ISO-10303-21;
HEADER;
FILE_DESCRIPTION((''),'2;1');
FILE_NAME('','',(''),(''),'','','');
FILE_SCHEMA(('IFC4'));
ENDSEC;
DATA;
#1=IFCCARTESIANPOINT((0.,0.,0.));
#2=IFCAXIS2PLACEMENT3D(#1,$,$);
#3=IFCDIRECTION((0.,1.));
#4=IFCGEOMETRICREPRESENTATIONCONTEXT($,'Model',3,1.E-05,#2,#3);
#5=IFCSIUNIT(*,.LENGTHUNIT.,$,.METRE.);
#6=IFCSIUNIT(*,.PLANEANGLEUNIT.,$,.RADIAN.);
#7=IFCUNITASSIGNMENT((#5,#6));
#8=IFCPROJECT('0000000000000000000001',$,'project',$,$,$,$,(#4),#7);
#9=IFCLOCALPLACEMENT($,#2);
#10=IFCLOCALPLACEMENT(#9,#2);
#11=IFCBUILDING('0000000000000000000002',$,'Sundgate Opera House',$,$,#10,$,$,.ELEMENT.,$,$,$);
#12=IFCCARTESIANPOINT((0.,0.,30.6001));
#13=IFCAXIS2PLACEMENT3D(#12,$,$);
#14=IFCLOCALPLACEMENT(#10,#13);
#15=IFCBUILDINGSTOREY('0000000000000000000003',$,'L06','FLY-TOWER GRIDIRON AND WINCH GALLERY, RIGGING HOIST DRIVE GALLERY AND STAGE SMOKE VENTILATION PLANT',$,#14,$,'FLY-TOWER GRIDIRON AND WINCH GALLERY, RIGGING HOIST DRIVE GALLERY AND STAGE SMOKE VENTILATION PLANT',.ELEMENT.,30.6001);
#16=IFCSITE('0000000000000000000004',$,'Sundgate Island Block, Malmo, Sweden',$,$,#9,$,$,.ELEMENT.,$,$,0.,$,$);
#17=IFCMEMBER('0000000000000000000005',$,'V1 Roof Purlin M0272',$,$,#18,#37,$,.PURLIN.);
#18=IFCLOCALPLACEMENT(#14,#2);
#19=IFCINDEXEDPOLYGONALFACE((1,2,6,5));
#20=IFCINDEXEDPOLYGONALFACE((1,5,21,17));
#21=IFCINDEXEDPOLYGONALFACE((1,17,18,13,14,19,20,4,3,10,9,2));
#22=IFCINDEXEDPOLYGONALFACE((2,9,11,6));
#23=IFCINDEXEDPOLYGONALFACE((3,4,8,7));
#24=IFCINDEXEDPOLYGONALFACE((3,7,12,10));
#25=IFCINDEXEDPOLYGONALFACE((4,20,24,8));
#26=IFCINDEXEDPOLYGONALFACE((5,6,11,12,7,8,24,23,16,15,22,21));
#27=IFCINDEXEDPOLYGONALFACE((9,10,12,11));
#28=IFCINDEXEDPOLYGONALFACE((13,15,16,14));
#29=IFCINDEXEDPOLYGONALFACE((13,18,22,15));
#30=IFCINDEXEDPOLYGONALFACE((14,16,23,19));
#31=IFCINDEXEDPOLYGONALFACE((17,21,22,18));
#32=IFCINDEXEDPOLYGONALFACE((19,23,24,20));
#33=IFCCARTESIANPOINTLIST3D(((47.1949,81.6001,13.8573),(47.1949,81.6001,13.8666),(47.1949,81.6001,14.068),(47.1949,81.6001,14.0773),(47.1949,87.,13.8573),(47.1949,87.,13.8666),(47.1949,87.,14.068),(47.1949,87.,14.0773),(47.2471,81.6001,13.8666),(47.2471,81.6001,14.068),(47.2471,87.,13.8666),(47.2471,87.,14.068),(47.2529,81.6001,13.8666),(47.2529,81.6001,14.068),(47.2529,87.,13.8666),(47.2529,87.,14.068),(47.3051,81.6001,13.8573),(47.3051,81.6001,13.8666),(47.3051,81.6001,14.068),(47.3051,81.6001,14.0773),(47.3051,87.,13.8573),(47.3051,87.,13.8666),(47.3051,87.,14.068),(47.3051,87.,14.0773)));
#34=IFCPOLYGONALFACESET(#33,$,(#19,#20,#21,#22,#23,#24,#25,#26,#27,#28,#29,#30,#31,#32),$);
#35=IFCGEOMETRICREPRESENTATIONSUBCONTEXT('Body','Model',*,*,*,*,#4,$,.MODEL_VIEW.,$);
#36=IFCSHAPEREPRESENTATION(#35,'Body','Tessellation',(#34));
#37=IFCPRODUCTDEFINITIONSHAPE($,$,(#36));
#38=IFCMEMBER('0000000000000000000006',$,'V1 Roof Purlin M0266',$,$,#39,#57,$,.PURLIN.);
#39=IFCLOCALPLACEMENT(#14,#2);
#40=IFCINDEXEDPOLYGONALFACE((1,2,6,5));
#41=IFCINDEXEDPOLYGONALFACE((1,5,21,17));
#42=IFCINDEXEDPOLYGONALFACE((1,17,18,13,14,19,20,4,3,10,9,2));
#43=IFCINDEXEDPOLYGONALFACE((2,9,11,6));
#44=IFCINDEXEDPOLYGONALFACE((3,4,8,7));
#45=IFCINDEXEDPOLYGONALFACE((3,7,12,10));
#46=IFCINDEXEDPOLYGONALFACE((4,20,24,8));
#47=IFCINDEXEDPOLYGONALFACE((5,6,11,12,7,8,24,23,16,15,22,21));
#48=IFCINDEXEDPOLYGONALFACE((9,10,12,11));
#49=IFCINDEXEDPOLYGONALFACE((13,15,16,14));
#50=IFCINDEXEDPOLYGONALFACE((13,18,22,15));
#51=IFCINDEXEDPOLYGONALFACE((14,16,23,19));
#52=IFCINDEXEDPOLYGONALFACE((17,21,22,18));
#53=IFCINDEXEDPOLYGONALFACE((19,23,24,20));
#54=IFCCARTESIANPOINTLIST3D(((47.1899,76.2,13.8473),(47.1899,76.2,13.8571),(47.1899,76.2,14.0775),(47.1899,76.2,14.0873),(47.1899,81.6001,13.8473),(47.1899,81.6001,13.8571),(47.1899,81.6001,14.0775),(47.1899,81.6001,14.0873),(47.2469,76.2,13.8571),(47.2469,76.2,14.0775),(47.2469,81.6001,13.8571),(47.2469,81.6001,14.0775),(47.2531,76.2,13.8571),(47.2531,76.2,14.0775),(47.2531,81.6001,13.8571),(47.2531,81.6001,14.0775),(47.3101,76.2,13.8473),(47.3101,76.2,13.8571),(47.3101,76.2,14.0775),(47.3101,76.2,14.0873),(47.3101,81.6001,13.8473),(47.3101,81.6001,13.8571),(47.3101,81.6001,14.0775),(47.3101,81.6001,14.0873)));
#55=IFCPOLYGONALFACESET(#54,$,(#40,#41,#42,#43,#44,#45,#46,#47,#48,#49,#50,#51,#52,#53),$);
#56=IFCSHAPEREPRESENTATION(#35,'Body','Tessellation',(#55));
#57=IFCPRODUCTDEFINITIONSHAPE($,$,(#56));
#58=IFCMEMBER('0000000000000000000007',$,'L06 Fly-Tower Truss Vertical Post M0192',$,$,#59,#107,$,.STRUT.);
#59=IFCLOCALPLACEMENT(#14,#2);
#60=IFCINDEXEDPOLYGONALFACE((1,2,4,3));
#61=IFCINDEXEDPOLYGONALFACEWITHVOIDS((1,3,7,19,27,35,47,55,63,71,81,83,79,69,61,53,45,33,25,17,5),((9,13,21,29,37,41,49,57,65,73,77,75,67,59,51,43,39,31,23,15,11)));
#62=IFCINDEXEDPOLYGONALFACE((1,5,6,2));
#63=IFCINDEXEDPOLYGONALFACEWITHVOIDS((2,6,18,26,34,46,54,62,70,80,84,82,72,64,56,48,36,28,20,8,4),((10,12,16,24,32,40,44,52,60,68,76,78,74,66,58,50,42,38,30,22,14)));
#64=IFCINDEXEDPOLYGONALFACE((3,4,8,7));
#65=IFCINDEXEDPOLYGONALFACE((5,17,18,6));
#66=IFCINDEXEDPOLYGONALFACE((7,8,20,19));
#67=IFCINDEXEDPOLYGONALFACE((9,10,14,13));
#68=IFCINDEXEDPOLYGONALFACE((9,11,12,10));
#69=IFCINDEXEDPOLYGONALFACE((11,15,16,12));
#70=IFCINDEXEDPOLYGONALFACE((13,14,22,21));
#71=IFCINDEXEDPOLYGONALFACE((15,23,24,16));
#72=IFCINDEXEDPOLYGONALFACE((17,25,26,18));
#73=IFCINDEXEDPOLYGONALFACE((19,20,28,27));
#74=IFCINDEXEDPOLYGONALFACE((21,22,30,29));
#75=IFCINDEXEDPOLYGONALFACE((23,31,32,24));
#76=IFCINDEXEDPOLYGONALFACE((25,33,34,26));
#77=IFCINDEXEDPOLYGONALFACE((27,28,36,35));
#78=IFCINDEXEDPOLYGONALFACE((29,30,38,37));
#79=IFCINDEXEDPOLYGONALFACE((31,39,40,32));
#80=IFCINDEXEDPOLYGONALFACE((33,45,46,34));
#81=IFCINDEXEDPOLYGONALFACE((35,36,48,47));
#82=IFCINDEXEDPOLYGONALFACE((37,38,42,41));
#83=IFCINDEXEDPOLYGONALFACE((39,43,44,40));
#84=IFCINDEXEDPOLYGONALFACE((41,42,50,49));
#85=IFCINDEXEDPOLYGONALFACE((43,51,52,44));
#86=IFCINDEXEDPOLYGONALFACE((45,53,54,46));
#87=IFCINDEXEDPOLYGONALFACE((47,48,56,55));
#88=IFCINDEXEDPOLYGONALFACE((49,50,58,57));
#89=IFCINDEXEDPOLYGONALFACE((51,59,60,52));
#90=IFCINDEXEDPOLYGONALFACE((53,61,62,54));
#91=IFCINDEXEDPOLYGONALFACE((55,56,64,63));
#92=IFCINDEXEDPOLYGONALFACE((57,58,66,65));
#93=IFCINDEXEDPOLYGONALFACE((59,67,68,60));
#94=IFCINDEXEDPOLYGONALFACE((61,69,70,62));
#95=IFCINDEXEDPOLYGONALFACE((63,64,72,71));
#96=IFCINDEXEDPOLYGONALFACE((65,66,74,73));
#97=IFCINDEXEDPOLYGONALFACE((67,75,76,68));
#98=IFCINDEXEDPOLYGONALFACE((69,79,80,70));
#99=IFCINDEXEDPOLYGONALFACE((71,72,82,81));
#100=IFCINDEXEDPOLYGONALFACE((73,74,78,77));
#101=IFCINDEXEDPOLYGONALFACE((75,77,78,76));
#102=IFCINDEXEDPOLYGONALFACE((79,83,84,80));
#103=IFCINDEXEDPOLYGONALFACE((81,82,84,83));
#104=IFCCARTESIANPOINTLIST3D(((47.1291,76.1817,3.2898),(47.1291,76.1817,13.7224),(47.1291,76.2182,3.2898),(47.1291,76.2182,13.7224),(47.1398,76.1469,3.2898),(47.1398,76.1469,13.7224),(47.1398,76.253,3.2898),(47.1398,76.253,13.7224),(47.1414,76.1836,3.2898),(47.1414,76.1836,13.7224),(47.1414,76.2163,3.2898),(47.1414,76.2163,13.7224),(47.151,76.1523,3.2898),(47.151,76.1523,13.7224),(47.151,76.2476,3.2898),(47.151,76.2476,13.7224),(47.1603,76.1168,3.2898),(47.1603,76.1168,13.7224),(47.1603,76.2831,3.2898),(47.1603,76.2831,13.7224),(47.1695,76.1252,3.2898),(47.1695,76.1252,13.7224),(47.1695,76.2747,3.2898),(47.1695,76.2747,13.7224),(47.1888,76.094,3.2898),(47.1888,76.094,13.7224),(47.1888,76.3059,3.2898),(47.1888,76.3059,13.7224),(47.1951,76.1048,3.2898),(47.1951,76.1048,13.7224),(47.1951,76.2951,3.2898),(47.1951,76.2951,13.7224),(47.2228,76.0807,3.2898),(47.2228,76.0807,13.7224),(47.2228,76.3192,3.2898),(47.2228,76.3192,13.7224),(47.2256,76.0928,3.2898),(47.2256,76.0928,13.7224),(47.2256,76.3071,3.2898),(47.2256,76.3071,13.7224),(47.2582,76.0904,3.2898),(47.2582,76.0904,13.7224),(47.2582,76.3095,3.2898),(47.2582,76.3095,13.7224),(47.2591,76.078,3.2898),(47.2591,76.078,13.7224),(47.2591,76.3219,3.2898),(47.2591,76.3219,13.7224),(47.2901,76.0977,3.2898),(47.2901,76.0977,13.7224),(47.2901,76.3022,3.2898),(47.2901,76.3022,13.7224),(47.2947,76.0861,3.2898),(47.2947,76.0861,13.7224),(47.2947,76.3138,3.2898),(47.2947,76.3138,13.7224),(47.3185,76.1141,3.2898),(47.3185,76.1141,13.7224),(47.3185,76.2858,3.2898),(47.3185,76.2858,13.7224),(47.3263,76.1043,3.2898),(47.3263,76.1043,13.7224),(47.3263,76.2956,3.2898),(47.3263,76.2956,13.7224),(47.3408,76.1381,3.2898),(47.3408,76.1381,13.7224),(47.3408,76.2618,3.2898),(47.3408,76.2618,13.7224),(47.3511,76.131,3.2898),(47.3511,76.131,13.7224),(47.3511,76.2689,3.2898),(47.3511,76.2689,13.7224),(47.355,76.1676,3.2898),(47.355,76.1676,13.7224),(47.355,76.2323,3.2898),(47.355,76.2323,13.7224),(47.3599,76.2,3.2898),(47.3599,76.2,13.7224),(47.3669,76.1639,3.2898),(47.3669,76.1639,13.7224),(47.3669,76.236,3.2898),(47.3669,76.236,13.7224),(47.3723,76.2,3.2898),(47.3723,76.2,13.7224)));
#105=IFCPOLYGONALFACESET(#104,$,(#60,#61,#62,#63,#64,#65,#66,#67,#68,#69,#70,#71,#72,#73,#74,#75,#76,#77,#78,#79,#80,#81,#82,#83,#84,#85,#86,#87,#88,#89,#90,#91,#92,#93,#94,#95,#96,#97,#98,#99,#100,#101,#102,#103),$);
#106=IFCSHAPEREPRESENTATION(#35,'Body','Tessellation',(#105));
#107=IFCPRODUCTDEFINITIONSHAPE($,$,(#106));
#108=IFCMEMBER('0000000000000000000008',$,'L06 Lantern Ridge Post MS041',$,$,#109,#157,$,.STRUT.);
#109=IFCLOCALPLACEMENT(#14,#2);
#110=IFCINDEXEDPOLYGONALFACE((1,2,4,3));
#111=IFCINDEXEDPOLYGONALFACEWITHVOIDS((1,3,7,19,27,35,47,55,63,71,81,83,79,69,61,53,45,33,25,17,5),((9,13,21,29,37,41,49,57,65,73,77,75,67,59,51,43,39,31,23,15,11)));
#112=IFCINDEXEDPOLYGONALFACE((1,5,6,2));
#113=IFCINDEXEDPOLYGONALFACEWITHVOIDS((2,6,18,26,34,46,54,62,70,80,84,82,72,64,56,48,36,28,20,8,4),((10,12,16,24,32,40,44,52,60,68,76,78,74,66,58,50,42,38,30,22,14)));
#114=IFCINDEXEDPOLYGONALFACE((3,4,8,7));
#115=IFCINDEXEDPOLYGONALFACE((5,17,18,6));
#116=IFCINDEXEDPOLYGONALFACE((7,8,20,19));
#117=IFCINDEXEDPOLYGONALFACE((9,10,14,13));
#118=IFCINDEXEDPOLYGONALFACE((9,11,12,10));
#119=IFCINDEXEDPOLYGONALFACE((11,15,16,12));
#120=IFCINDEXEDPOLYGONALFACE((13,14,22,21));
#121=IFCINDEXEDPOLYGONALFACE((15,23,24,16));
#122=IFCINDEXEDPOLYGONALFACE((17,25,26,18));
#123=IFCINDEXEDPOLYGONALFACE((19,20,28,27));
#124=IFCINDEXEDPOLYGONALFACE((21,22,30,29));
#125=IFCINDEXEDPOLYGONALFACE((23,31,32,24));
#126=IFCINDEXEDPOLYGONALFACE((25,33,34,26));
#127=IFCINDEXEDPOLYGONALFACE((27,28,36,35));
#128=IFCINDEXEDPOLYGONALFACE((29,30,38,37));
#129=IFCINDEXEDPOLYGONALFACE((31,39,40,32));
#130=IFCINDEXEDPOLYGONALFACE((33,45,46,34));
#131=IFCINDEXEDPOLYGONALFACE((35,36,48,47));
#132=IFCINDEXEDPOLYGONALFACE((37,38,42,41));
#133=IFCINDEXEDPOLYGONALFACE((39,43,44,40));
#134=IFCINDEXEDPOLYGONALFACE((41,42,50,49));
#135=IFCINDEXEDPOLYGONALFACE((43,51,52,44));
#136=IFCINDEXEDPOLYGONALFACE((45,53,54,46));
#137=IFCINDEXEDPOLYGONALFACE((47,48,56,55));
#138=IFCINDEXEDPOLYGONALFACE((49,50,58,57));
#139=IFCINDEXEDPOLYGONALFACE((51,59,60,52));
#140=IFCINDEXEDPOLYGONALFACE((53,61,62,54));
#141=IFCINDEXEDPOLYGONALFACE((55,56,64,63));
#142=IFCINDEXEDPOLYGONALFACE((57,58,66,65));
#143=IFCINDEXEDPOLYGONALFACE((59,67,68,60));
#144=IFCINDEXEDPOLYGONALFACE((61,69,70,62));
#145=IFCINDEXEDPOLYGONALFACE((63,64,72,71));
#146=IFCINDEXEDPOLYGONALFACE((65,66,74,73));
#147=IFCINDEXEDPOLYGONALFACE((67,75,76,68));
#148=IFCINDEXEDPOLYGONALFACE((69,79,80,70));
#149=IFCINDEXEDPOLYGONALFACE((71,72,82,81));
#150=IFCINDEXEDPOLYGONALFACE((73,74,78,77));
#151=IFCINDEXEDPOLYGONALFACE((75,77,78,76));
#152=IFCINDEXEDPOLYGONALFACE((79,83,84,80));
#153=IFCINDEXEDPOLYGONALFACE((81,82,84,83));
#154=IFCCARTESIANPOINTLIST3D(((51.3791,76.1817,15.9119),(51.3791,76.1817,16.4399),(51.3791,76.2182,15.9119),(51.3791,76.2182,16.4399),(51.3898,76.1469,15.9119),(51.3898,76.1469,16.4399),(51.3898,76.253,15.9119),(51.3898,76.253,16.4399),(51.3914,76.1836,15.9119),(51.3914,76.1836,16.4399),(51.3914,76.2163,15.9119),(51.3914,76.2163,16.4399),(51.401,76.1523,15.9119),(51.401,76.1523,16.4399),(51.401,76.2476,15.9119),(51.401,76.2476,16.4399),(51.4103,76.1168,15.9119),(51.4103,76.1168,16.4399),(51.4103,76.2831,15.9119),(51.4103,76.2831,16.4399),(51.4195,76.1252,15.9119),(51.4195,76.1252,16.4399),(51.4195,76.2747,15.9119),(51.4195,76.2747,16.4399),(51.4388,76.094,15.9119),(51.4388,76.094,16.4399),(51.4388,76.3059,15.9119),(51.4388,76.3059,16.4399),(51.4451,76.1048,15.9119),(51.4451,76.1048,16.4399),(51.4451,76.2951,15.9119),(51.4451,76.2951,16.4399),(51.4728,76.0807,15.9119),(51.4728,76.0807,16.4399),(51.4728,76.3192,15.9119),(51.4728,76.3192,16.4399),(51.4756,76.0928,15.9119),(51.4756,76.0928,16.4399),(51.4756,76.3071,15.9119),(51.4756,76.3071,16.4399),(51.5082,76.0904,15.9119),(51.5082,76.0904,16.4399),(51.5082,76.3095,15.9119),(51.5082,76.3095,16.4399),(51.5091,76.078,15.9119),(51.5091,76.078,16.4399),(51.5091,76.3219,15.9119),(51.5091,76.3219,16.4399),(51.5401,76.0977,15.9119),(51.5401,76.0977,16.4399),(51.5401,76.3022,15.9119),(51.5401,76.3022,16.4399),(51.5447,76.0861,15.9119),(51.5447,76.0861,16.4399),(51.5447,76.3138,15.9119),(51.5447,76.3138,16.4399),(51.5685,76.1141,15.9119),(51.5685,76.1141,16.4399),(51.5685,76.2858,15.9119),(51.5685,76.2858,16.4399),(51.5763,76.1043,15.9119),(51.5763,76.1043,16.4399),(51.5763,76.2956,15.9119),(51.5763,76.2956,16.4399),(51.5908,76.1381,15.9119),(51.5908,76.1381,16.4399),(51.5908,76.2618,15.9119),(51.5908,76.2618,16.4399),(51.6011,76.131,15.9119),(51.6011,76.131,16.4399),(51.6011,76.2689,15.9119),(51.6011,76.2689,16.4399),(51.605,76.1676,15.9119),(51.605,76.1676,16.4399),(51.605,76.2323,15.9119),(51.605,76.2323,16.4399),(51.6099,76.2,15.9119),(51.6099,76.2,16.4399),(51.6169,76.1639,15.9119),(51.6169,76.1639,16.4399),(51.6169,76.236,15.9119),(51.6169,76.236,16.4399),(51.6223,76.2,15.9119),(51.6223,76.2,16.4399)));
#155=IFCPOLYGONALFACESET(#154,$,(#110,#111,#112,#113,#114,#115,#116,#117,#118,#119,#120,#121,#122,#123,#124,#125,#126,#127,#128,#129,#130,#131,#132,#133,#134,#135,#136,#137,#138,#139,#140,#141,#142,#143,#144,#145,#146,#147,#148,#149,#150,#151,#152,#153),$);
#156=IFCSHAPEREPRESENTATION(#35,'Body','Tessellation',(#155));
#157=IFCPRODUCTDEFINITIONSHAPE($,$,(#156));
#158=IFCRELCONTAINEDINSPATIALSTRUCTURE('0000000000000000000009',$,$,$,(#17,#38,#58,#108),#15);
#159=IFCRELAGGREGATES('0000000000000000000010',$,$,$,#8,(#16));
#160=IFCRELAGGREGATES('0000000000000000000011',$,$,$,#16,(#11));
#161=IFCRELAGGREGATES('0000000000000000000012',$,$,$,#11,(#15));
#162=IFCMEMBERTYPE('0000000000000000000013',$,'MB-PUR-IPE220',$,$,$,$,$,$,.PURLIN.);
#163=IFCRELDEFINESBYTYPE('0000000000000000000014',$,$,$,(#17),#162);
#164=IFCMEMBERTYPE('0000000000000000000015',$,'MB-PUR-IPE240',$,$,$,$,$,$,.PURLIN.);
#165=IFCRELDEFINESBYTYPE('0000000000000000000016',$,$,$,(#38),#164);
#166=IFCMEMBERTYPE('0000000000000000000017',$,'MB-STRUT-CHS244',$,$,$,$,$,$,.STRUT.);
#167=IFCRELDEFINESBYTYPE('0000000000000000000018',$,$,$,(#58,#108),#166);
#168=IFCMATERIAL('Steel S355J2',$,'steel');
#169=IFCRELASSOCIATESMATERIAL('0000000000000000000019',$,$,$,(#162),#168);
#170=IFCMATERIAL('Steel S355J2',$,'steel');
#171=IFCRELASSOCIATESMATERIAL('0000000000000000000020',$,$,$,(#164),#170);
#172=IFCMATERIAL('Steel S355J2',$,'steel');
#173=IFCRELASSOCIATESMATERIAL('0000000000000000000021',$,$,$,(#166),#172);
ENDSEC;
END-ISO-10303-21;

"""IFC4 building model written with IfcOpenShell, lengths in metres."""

from ifc_helpers import new_model, si_unit, direction, frame, origin, origin_2d, place, context, subcontext, project, spatial, hollow_circle, i_section, extrude, material, material_profile, profile_set, type_object, element, save


model = new_model("IFC4")

# Units and contexts
model_context = context("Model", 3, precision=1e-05, world=origin(), true_north=direction((0.0, 1.0)))
body_context = subcontext(model_context, "Body", "Model", "MODEL_VIEW")
ifc_project = project(units=[si_unit("LENGTHUNIT", "METRE"), si_unit("PLANEANGLEUNIT", "RADIAN")], contexts=[model_context])

# Site, building, storey
site_placement = place(None, origin())
site = spatial("IfcSite", under=ifc_project, at=site_placement, Name="Sundgate Island Block, Malmo, Sweden", CompositionType="ELEMENT", RefElevation=0.0)
building_placement = place(site_placement, origin())
building = spatial("IfcBuilding", under=site, at=building_placement, Name="Sundgate Opera House", CompositionType="ELEMENT")
storey_placement = place(building_placement, frame((0.0, 0.0, 30.6001)))
storey = spatial("IfcBuildingStorey", under=building, at=storey_placement, Name="L06", Description="FLY-TOWER GRIDIRON AND WINCH GALLERY, RIGGING HOIST DRIVE GALLERY AND STAGE SMOKE VENTILATION PLANT", LongName="FLY-TOWER GRIDIRON AND WINCH GALLERY, RIGGING HOIST DRIVE GALLERY AND STAGE SMOKE VENTILATION PLANT", CompositionType="ELEMENT", Elevation=30.6001)

# Members
ifc_material_1 = material(Name="Steel S355J2", Category="steel")
ifc_material_profile_1 = material_profile(ifc_material_1, i_section(OverallWidth=0.1101, OverallDepth=0.22, WebThickness=0.0059, FlangeThickness=0.0093, at=origin_2d()), Name="IPE 220")
ifc_profile_set_1 = profile_set([ifc_material_profile_1], Name="Steel S355J2")
member_type_1 = type_object("IfcMemberType", Name="MB-PUR-IPE220", PredefinedType="PURLIN", material=ifc_profile_set_1)
member_1_placement = place(storey_placement, frame((47.25, 81.6001, 13.9673), z_axis=(0.0, 1.0, 0.0), x_axis=(-1.0, 0.0, 0.0)))
element("IfcMember", 1, at=member_1_placement, inside=storey, type_object=member_type_1, Name="V1 Roof Purlin M0272", PredefinedType="PURLIN", context=body_context, shape_type="SweptSolid", body=[
    extrude(i_section(OverallWidth=0.1101, OverallDepth=0.22, WebThickness=0.0059, FlangeThickness=0.0093, at=origin_2d()), origin(), (0.0, 0.0, 1.0), 5.3999),
])
ifc_material_2 = material(Name="Steel S355J2", Category="steel")
ifc_material_profile_2 = material_profile(ifc_material_2, i_section(OverallWidth=0.1201, OverallDepth=0.24, WebThickness=0.0061, FlangeThickness=0.0098, at=origin_2d()), Name="IPE 240")
ifc_profile_set_2 = profile_set([ifc_material_profile_2], Name="Steel S355J2")
member_type_2 = type_object("IfcMemberType", Name="MB-PUR-IPE240", PredefinedType="PURLIN", material=ifc_profile_set_2)
member_2_placement = place(storey_placement, frame((47.25, 76.2, 13.9673), z_axis=(0.0, 1.0, 0.0), x_axis=(-1.0, 0.0, 0.0)))
element("IfcMember", 2, at=member_2_placement, inside=storey, type_object=member_type_2, Name="V1 Roof Purlin M0266", PredefinedType="PURLIN", context=body_context, shape_type="SweptSolid", body=[
    extrude(i_section(OverallWidth=0.1201, OverallDepth=0.24, WebThickness=0.0061, FlangeThickness=0.0098, at=origin_2d()), origin(), (0.0, 0.0, 1.0), 5.4001),
])
ifc_material_3 = material(Name="Steel S355J2", Category="steel")
ifc_material_profile_3 = material_profile(ifc_material_3, hollow_circle(Radius=0.1223, WallThickness=0.0125, at=origin_2d()), Name="CHS 244.5x12.5")
ifc_profile_set_3 = profile_set([ifc_material_profile_3], Name="Steel S355J2")
member_type_3 = type_object("IfcMemberType", Name="MB-STRUT-CHS244", PredefinedType="STRUT", material=ifc_profile_set_3)
member_3_placement = place(storey_placement, frame((47.25, 76.2, 3.2898), z_axis=(0.0, 0.0, 1.0), x_axis=(1.0, 0.0, 0.0)))
element("IfcMember", 3, at=member_3_placement, inside=storey, type_object=member_type_3, Name="L06 Fly-Tower Truss Vertical Post M0192", PredefinedType="STRUT", context=body_context, shape_type="SweptSolid", body=[
    extrude(hollow_circle(Radius=0.1223, WallThickness=0.0125, at=origin_2d()), origin(), (0.0, 0.0, 1.0), 10.4326),
])
member_4_placement = place(storey_placement, frame((51.5, 76.2, 15.9119), z_axis=(0.0, 0.0, 1.0), x_axis=(1.0, 0.0, 0.0)))
element("IfcMember", 4, at=member_4_placement, inside=storey, type_object=member_type_3, Name="L06 Lantern Ridge Post MS041", PredefinedType="STRUT", context=body_context, shape_type="SweptSolid", body=[
    extrude(hollow_circle(Radius=0.1223, WallThickness=0.0125, at=origin_2d()), origin(), (0.0, 0.0, 1.0), 0.5281),
])

save(model, "model.ifc")
